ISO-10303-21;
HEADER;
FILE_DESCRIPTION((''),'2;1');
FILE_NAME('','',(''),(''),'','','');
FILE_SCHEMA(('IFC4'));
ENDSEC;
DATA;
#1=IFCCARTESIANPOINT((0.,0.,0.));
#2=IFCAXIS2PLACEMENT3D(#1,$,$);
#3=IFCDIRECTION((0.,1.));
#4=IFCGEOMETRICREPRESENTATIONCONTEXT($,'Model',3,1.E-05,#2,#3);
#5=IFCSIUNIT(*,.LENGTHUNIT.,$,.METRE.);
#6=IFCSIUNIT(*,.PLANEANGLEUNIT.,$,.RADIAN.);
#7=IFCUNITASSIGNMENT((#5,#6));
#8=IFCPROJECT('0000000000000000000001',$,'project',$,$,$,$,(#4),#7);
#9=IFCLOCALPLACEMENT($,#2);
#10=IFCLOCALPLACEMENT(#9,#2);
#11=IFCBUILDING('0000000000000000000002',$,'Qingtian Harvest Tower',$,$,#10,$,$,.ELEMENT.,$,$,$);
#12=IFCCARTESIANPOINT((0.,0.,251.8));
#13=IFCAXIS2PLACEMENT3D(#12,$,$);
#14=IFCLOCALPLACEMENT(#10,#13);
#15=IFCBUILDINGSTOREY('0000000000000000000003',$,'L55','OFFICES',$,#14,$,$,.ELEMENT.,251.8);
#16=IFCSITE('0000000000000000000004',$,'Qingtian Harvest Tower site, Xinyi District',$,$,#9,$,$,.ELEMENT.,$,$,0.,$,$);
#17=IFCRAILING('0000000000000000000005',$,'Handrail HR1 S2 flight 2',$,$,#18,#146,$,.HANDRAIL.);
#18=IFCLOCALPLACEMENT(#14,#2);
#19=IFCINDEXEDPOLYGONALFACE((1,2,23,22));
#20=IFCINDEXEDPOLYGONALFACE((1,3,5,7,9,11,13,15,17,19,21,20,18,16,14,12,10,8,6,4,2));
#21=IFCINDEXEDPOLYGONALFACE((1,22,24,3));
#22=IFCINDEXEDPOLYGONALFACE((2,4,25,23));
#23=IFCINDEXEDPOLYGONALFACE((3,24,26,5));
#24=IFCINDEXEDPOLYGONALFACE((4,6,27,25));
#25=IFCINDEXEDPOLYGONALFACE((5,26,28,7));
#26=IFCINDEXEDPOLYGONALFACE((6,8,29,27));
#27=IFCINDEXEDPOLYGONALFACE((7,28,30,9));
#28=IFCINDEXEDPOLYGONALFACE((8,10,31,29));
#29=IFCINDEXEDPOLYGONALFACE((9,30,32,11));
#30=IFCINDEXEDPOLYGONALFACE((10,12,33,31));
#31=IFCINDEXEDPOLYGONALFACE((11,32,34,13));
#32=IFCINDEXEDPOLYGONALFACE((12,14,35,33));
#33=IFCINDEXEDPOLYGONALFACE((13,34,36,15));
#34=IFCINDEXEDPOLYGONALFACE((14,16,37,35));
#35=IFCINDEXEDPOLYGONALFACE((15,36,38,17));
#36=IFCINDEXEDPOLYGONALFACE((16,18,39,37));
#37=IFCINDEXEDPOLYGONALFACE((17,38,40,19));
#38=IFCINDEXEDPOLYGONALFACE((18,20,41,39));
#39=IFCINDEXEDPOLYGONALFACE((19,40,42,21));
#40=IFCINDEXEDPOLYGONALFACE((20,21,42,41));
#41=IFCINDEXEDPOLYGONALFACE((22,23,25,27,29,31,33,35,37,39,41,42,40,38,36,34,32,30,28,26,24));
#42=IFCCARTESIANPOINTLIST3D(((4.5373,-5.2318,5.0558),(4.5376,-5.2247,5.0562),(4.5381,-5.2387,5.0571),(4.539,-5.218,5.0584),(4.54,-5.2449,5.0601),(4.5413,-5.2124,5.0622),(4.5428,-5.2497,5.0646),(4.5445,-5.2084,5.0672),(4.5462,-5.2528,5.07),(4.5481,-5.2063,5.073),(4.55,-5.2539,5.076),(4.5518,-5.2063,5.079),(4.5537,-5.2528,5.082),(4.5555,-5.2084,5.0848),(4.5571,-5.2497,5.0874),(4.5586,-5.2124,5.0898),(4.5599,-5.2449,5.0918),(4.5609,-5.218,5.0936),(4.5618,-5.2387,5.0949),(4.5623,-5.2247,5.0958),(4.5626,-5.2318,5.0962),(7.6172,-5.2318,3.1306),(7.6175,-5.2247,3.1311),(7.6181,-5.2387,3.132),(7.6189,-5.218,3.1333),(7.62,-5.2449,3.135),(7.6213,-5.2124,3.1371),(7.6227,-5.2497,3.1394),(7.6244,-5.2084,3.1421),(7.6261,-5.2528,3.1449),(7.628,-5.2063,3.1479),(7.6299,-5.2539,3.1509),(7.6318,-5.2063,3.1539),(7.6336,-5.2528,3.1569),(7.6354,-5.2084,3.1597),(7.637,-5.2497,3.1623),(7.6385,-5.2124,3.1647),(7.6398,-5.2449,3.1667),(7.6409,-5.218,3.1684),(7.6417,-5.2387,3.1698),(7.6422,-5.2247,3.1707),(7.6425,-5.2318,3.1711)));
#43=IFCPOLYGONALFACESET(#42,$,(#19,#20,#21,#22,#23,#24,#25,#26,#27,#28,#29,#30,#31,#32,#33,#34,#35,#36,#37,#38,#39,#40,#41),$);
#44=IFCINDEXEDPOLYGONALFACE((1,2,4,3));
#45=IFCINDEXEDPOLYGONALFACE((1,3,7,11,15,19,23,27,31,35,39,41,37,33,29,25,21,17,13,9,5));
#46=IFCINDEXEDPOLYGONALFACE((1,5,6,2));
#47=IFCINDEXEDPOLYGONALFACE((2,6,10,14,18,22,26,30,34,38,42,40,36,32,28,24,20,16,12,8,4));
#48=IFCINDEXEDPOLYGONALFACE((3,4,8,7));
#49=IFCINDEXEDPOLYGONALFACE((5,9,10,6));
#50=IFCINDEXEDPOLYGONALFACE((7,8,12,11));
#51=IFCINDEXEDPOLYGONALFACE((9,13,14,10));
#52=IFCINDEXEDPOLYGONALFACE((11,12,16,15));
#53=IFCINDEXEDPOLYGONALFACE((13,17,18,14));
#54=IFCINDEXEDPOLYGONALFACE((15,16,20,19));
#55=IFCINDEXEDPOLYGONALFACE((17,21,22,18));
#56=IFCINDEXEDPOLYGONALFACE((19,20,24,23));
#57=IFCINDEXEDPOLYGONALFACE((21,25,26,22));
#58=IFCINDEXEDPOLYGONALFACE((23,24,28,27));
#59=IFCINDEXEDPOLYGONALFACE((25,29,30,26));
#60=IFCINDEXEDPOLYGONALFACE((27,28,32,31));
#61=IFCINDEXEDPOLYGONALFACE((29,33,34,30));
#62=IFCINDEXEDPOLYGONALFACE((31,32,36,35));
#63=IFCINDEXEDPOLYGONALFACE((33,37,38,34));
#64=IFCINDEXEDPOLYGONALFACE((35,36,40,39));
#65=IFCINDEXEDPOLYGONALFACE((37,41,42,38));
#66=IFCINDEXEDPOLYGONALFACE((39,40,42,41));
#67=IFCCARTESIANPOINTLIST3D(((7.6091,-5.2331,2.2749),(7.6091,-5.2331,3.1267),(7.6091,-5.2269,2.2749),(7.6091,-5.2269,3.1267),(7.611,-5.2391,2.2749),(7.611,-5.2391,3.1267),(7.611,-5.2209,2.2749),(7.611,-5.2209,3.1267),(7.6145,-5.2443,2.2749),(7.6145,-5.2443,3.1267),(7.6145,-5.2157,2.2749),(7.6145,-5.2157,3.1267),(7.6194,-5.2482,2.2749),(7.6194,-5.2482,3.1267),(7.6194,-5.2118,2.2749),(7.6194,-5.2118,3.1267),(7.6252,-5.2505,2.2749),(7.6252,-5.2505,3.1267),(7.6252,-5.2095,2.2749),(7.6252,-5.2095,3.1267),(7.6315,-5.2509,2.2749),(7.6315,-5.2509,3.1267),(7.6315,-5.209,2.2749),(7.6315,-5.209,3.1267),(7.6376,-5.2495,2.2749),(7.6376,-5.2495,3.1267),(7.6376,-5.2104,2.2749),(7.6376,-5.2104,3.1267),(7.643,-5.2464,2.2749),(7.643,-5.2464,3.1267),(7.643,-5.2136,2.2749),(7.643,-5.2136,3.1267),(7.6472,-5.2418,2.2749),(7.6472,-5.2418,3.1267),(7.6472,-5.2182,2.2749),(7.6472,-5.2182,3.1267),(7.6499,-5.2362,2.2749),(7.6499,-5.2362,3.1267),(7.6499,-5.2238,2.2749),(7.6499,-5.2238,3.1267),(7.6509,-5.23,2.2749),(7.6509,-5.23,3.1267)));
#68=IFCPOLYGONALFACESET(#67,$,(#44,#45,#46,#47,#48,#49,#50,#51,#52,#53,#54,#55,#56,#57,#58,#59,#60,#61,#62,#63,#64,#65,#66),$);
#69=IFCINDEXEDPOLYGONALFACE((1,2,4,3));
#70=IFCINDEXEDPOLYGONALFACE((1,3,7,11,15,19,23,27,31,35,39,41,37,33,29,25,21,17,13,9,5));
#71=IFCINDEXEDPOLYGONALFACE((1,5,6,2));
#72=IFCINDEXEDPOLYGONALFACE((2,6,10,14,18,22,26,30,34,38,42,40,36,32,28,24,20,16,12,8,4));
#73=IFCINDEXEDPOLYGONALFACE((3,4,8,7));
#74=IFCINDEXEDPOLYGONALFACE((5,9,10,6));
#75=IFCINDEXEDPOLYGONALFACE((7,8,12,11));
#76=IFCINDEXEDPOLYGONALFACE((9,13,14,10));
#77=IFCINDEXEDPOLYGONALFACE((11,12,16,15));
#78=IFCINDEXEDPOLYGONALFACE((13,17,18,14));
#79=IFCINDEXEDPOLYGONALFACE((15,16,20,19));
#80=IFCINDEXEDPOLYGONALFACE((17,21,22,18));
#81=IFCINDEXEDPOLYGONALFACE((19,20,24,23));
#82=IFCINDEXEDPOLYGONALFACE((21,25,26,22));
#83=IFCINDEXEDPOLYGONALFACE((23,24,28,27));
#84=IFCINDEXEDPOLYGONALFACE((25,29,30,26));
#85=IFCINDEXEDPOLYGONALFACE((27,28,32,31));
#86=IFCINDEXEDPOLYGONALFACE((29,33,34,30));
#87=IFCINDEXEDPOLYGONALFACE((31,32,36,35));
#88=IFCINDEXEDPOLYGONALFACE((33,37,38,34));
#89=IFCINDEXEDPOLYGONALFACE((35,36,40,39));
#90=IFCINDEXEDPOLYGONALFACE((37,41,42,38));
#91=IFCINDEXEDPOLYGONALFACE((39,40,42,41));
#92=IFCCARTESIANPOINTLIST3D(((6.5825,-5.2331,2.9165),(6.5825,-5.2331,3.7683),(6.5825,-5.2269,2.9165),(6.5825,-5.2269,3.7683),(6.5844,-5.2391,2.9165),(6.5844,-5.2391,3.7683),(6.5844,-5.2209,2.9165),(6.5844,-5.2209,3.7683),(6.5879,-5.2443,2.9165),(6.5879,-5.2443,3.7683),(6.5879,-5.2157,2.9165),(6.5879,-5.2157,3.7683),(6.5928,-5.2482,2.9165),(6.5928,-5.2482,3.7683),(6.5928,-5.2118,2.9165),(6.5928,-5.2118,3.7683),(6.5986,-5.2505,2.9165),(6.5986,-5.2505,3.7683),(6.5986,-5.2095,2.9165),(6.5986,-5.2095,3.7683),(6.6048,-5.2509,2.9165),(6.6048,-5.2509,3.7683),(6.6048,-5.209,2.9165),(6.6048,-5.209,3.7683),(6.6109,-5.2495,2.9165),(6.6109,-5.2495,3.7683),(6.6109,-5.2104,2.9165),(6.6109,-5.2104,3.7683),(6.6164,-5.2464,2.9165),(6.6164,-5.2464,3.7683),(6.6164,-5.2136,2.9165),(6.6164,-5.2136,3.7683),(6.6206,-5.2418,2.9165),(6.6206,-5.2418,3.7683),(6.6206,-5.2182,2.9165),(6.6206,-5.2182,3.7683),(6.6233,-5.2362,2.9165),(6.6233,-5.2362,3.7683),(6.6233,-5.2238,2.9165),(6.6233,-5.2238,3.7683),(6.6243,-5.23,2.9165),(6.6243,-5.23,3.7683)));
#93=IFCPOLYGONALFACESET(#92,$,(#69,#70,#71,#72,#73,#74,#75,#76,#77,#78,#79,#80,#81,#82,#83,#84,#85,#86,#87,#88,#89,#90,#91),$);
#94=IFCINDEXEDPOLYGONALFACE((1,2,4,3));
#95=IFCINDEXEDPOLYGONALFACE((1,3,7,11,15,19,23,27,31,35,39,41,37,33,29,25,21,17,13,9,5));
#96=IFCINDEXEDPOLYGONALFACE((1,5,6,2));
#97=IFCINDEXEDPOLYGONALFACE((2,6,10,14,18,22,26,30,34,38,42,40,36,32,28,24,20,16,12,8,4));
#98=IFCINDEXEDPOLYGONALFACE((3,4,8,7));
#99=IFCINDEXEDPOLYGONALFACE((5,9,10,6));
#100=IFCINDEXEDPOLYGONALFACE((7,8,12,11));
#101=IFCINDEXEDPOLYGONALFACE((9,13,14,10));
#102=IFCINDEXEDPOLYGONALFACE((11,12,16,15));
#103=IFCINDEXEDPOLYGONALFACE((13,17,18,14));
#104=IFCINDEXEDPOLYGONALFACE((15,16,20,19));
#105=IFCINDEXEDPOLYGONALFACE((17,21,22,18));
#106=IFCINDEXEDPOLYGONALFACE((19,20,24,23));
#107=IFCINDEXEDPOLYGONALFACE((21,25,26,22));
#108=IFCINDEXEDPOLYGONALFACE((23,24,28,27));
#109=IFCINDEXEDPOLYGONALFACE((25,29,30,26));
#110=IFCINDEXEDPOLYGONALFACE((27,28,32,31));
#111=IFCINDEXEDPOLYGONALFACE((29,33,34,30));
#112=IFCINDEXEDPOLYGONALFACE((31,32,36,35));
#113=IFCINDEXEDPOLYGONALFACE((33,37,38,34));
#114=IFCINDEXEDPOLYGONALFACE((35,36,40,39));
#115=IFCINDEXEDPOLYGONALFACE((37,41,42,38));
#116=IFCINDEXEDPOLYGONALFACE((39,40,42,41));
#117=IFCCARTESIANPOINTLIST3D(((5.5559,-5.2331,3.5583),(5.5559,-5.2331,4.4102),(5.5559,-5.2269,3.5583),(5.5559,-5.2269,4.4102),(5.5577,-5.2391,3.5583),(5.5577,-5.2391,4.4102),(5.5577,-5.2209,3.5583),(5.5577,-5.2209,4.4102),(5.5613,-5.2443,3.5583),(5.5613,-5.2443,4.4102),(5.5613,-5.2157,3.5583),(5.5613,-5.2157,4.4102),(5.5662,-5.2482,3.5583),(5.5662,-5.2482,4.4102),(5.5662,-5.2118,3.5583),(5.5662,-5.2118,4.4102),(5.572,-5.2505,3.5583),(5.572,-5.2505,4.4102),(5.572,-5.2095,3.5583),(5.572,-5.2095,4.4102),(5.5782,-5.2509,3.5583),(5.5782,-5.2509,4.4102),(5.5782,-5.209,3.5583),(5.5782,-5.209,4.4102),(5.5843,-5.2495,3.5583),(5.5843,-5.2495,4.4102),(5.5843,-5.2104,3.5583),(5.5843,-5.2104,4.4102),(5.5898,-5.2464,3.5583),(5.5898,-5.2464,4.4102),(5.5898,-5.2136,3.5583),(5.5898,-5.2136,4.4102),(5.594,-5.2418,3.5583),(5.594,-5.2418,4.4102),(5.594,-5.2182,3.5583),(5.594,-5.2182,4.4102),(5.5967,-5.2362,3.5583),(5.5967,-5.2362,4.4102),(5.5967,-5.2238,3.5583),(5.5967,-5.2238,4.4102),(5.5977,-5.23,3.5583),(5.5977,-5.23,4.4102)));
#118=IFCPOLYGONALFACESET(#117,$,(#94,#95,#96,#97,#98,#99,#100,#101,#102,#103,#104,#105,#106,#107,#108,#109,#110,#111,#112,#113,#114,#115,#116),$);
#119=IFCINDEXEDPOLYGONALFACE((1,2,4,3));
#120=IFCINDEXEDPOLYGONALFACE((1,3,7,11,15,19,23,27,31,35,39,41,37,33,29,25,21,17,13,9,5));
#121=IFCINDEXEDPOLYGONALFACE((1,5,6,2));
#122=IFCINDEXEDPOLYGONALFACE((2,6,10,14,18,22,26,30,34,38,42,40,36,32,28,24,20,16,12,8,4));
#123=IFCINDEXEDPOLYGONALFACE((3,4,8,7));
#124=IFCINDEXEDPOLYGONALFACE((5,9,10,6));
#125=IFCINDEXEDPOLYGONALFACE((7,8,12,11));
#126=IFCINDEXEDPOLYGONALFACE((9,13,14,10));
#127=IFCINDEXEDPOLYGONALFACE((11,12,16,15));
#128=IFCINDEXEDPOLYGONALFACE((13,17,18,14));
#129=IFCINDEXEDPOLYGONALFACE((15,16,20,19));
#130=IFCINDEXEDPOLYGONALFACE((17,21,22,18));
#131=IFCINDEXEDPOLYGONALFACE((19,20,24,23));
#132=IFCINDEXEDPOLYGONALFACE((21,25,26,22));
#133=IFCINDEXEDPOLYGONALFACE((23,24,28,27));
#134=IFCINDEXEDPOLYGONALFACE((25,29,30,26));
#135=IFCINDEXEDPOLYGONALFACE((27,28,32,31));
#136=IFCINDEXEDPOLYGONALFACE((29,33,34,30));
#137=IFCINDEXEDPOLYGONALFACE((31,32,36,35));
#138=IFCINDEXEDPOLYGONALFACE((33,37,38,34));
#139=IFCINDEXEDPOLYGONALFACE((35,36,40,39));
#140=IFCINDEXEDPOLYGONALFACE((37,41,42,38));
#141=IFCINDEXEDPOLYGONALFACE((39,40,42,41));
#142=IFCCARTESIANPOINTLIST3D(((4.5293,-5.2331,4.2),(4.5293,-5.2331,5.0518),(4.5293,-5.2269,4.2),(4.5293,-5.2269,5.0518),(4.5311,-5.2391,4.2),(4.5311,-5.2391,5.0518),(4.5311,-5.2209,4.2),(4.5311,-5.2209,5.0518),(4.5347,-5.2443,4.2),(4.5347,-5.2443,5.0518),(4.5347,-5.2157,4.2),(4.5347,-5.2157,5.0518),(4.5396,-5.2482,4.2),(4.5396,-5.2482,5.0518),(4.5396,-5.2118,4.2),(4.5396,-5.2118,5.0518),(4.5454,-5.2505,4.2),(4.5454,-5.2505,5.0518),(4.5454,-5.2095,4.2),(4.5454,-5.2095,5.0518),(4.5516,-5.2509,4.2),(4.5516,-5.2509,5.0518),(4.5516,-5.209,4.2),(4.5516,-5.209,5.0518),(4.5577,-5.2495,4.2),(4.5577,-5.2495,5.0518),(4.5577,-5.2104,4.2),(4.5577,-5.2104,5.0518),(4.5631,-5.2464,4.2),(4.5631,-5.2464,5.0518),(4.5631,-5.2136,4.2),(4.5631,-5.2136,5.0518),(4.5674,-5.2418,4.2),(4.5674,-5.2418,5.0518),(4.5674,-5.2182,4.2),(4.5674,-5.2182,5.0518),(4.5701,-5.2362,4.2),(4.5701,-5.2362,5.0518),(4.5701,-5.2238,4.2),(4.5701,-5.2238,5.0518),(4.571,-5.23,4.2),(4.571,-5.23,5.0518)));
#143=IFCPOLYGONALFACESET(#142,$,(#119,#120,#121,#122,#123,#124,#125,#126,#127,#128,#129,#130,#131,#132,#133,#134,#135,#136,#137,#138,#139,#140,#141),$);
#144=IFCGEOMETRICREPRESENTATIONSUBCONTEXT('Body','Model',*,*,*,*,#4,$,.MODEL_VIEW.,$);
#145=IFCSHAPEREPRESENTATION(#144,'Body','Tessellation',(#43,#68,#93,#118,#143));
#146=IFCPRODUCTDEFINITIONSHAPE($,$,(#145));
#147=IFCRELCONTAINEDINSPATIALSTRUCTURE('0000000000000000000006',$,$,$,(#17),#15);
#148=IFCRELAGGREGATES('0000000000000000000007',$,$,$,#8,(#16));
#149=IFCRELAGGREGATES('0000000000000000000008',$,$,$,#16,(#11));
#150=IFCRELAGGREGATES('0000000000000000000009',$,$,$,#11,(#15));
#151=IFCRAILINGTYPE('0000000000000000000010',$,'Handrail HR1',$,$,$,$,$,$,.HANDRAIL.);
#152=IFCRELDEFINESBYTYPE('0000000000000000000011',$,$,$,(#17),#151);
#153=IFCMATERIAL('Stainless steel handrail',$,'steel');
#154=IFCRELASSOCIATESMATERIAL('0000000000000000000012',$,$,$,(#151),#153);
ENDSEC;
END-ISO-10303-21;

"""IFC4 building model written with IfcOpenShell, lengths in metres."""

from ifc_helpers import new_model, si_unit, direction, frame, origin, origin_2d, place, context, subcontext, project, spatial, circle, extrude, material, type_object, element, save


model = new_model("IFC4")

# Units and contexts
model_context = context("Model", 3, precision=1e-05, world=origin(), true_north=direction((0.0, 1.0)))
body_context = subcontext(model_context, "Body", "Model", "MODEL_VIEW")
ifc_project = project(units=[si_unit("LENGTHUNIT", "METRE"), si_unit("PLANEANGLEUNIT", "RADIAN")], contexts=[model_context])

# Site, building, storey
site_placement = place(None, origin())
site = spatial("IfcSite", under=ifc_project, at=site_placement, Name="Qingtian Harvest Tower site, Xinyi District", CompositionType="ELEMENT", RefElevation=0.0)
building_placement = place(site_placement, origin())
building = spatial("IfcBuilding", under=site, at=building_placement, Name="Qingtian Harvest Tower", CompositionType="ELEMENT")
storey_placement = place(building_placement, frame((0.0, 0.0, 251.8)))
storey = spatial("IfcBuildingStorey", under=building, at=storey_placement, Name="L55", Description="OFFICES", CompositionType="ELEMENT", Elevation=251.8)

# Railing
ifc_material_1 = material(Name="Stainless steel handrail", Category="steel")
railing_type = type_object("IfcRailingType", Name="Handrail HR1", PredefinedType="HANDRAIL", material=ifc_material_1)
railing_1_placement = place(storey_placement, frame((7.6299, -5.23, 2.2749)))
element("IfcRailing", 1, at=railing_1_placement, inside=storey, type_object=railing_type, Name="Handrail HR1 S2 flight 2", PredefinedType="HANDRAIL", context=body_context, shape_type="SweptSolid", body=[
    extrude(circle(Radius=0.0239, at=origin_2d()), frame((0.0, 0.0, 0.876), z_axis=(-0.847979, 0.0, 0.530029), x_axis=(0.0, -1.0, 0.0)), (0.0, 0.0, 1.0), 3.6321),
    extrude(circle(Radius=0.021, at=origin_2d()), origin(), (0.0, 0.0, 1.0), 0.8518),
    extrude(circle(Radius=0.021, at=origin_2d()), frame((-1.0266, 0.0, 0.6416)), (0.0, 0.0, 1.0), 0.8518),
    extrude(circle(Radius=0.021, at=origin_2d()), frame((-2.0532, 0.0, 1.2834)), (0.0, 0.0, 1.0), 0.8518),
    extrude(circle(Radius=0.021, at=origin_2d()), frame((-3.0798, 0.0, 1.925)), (0.0, 0.0, 1.0), 0.8518),
])

save(model, "model.ifc")
